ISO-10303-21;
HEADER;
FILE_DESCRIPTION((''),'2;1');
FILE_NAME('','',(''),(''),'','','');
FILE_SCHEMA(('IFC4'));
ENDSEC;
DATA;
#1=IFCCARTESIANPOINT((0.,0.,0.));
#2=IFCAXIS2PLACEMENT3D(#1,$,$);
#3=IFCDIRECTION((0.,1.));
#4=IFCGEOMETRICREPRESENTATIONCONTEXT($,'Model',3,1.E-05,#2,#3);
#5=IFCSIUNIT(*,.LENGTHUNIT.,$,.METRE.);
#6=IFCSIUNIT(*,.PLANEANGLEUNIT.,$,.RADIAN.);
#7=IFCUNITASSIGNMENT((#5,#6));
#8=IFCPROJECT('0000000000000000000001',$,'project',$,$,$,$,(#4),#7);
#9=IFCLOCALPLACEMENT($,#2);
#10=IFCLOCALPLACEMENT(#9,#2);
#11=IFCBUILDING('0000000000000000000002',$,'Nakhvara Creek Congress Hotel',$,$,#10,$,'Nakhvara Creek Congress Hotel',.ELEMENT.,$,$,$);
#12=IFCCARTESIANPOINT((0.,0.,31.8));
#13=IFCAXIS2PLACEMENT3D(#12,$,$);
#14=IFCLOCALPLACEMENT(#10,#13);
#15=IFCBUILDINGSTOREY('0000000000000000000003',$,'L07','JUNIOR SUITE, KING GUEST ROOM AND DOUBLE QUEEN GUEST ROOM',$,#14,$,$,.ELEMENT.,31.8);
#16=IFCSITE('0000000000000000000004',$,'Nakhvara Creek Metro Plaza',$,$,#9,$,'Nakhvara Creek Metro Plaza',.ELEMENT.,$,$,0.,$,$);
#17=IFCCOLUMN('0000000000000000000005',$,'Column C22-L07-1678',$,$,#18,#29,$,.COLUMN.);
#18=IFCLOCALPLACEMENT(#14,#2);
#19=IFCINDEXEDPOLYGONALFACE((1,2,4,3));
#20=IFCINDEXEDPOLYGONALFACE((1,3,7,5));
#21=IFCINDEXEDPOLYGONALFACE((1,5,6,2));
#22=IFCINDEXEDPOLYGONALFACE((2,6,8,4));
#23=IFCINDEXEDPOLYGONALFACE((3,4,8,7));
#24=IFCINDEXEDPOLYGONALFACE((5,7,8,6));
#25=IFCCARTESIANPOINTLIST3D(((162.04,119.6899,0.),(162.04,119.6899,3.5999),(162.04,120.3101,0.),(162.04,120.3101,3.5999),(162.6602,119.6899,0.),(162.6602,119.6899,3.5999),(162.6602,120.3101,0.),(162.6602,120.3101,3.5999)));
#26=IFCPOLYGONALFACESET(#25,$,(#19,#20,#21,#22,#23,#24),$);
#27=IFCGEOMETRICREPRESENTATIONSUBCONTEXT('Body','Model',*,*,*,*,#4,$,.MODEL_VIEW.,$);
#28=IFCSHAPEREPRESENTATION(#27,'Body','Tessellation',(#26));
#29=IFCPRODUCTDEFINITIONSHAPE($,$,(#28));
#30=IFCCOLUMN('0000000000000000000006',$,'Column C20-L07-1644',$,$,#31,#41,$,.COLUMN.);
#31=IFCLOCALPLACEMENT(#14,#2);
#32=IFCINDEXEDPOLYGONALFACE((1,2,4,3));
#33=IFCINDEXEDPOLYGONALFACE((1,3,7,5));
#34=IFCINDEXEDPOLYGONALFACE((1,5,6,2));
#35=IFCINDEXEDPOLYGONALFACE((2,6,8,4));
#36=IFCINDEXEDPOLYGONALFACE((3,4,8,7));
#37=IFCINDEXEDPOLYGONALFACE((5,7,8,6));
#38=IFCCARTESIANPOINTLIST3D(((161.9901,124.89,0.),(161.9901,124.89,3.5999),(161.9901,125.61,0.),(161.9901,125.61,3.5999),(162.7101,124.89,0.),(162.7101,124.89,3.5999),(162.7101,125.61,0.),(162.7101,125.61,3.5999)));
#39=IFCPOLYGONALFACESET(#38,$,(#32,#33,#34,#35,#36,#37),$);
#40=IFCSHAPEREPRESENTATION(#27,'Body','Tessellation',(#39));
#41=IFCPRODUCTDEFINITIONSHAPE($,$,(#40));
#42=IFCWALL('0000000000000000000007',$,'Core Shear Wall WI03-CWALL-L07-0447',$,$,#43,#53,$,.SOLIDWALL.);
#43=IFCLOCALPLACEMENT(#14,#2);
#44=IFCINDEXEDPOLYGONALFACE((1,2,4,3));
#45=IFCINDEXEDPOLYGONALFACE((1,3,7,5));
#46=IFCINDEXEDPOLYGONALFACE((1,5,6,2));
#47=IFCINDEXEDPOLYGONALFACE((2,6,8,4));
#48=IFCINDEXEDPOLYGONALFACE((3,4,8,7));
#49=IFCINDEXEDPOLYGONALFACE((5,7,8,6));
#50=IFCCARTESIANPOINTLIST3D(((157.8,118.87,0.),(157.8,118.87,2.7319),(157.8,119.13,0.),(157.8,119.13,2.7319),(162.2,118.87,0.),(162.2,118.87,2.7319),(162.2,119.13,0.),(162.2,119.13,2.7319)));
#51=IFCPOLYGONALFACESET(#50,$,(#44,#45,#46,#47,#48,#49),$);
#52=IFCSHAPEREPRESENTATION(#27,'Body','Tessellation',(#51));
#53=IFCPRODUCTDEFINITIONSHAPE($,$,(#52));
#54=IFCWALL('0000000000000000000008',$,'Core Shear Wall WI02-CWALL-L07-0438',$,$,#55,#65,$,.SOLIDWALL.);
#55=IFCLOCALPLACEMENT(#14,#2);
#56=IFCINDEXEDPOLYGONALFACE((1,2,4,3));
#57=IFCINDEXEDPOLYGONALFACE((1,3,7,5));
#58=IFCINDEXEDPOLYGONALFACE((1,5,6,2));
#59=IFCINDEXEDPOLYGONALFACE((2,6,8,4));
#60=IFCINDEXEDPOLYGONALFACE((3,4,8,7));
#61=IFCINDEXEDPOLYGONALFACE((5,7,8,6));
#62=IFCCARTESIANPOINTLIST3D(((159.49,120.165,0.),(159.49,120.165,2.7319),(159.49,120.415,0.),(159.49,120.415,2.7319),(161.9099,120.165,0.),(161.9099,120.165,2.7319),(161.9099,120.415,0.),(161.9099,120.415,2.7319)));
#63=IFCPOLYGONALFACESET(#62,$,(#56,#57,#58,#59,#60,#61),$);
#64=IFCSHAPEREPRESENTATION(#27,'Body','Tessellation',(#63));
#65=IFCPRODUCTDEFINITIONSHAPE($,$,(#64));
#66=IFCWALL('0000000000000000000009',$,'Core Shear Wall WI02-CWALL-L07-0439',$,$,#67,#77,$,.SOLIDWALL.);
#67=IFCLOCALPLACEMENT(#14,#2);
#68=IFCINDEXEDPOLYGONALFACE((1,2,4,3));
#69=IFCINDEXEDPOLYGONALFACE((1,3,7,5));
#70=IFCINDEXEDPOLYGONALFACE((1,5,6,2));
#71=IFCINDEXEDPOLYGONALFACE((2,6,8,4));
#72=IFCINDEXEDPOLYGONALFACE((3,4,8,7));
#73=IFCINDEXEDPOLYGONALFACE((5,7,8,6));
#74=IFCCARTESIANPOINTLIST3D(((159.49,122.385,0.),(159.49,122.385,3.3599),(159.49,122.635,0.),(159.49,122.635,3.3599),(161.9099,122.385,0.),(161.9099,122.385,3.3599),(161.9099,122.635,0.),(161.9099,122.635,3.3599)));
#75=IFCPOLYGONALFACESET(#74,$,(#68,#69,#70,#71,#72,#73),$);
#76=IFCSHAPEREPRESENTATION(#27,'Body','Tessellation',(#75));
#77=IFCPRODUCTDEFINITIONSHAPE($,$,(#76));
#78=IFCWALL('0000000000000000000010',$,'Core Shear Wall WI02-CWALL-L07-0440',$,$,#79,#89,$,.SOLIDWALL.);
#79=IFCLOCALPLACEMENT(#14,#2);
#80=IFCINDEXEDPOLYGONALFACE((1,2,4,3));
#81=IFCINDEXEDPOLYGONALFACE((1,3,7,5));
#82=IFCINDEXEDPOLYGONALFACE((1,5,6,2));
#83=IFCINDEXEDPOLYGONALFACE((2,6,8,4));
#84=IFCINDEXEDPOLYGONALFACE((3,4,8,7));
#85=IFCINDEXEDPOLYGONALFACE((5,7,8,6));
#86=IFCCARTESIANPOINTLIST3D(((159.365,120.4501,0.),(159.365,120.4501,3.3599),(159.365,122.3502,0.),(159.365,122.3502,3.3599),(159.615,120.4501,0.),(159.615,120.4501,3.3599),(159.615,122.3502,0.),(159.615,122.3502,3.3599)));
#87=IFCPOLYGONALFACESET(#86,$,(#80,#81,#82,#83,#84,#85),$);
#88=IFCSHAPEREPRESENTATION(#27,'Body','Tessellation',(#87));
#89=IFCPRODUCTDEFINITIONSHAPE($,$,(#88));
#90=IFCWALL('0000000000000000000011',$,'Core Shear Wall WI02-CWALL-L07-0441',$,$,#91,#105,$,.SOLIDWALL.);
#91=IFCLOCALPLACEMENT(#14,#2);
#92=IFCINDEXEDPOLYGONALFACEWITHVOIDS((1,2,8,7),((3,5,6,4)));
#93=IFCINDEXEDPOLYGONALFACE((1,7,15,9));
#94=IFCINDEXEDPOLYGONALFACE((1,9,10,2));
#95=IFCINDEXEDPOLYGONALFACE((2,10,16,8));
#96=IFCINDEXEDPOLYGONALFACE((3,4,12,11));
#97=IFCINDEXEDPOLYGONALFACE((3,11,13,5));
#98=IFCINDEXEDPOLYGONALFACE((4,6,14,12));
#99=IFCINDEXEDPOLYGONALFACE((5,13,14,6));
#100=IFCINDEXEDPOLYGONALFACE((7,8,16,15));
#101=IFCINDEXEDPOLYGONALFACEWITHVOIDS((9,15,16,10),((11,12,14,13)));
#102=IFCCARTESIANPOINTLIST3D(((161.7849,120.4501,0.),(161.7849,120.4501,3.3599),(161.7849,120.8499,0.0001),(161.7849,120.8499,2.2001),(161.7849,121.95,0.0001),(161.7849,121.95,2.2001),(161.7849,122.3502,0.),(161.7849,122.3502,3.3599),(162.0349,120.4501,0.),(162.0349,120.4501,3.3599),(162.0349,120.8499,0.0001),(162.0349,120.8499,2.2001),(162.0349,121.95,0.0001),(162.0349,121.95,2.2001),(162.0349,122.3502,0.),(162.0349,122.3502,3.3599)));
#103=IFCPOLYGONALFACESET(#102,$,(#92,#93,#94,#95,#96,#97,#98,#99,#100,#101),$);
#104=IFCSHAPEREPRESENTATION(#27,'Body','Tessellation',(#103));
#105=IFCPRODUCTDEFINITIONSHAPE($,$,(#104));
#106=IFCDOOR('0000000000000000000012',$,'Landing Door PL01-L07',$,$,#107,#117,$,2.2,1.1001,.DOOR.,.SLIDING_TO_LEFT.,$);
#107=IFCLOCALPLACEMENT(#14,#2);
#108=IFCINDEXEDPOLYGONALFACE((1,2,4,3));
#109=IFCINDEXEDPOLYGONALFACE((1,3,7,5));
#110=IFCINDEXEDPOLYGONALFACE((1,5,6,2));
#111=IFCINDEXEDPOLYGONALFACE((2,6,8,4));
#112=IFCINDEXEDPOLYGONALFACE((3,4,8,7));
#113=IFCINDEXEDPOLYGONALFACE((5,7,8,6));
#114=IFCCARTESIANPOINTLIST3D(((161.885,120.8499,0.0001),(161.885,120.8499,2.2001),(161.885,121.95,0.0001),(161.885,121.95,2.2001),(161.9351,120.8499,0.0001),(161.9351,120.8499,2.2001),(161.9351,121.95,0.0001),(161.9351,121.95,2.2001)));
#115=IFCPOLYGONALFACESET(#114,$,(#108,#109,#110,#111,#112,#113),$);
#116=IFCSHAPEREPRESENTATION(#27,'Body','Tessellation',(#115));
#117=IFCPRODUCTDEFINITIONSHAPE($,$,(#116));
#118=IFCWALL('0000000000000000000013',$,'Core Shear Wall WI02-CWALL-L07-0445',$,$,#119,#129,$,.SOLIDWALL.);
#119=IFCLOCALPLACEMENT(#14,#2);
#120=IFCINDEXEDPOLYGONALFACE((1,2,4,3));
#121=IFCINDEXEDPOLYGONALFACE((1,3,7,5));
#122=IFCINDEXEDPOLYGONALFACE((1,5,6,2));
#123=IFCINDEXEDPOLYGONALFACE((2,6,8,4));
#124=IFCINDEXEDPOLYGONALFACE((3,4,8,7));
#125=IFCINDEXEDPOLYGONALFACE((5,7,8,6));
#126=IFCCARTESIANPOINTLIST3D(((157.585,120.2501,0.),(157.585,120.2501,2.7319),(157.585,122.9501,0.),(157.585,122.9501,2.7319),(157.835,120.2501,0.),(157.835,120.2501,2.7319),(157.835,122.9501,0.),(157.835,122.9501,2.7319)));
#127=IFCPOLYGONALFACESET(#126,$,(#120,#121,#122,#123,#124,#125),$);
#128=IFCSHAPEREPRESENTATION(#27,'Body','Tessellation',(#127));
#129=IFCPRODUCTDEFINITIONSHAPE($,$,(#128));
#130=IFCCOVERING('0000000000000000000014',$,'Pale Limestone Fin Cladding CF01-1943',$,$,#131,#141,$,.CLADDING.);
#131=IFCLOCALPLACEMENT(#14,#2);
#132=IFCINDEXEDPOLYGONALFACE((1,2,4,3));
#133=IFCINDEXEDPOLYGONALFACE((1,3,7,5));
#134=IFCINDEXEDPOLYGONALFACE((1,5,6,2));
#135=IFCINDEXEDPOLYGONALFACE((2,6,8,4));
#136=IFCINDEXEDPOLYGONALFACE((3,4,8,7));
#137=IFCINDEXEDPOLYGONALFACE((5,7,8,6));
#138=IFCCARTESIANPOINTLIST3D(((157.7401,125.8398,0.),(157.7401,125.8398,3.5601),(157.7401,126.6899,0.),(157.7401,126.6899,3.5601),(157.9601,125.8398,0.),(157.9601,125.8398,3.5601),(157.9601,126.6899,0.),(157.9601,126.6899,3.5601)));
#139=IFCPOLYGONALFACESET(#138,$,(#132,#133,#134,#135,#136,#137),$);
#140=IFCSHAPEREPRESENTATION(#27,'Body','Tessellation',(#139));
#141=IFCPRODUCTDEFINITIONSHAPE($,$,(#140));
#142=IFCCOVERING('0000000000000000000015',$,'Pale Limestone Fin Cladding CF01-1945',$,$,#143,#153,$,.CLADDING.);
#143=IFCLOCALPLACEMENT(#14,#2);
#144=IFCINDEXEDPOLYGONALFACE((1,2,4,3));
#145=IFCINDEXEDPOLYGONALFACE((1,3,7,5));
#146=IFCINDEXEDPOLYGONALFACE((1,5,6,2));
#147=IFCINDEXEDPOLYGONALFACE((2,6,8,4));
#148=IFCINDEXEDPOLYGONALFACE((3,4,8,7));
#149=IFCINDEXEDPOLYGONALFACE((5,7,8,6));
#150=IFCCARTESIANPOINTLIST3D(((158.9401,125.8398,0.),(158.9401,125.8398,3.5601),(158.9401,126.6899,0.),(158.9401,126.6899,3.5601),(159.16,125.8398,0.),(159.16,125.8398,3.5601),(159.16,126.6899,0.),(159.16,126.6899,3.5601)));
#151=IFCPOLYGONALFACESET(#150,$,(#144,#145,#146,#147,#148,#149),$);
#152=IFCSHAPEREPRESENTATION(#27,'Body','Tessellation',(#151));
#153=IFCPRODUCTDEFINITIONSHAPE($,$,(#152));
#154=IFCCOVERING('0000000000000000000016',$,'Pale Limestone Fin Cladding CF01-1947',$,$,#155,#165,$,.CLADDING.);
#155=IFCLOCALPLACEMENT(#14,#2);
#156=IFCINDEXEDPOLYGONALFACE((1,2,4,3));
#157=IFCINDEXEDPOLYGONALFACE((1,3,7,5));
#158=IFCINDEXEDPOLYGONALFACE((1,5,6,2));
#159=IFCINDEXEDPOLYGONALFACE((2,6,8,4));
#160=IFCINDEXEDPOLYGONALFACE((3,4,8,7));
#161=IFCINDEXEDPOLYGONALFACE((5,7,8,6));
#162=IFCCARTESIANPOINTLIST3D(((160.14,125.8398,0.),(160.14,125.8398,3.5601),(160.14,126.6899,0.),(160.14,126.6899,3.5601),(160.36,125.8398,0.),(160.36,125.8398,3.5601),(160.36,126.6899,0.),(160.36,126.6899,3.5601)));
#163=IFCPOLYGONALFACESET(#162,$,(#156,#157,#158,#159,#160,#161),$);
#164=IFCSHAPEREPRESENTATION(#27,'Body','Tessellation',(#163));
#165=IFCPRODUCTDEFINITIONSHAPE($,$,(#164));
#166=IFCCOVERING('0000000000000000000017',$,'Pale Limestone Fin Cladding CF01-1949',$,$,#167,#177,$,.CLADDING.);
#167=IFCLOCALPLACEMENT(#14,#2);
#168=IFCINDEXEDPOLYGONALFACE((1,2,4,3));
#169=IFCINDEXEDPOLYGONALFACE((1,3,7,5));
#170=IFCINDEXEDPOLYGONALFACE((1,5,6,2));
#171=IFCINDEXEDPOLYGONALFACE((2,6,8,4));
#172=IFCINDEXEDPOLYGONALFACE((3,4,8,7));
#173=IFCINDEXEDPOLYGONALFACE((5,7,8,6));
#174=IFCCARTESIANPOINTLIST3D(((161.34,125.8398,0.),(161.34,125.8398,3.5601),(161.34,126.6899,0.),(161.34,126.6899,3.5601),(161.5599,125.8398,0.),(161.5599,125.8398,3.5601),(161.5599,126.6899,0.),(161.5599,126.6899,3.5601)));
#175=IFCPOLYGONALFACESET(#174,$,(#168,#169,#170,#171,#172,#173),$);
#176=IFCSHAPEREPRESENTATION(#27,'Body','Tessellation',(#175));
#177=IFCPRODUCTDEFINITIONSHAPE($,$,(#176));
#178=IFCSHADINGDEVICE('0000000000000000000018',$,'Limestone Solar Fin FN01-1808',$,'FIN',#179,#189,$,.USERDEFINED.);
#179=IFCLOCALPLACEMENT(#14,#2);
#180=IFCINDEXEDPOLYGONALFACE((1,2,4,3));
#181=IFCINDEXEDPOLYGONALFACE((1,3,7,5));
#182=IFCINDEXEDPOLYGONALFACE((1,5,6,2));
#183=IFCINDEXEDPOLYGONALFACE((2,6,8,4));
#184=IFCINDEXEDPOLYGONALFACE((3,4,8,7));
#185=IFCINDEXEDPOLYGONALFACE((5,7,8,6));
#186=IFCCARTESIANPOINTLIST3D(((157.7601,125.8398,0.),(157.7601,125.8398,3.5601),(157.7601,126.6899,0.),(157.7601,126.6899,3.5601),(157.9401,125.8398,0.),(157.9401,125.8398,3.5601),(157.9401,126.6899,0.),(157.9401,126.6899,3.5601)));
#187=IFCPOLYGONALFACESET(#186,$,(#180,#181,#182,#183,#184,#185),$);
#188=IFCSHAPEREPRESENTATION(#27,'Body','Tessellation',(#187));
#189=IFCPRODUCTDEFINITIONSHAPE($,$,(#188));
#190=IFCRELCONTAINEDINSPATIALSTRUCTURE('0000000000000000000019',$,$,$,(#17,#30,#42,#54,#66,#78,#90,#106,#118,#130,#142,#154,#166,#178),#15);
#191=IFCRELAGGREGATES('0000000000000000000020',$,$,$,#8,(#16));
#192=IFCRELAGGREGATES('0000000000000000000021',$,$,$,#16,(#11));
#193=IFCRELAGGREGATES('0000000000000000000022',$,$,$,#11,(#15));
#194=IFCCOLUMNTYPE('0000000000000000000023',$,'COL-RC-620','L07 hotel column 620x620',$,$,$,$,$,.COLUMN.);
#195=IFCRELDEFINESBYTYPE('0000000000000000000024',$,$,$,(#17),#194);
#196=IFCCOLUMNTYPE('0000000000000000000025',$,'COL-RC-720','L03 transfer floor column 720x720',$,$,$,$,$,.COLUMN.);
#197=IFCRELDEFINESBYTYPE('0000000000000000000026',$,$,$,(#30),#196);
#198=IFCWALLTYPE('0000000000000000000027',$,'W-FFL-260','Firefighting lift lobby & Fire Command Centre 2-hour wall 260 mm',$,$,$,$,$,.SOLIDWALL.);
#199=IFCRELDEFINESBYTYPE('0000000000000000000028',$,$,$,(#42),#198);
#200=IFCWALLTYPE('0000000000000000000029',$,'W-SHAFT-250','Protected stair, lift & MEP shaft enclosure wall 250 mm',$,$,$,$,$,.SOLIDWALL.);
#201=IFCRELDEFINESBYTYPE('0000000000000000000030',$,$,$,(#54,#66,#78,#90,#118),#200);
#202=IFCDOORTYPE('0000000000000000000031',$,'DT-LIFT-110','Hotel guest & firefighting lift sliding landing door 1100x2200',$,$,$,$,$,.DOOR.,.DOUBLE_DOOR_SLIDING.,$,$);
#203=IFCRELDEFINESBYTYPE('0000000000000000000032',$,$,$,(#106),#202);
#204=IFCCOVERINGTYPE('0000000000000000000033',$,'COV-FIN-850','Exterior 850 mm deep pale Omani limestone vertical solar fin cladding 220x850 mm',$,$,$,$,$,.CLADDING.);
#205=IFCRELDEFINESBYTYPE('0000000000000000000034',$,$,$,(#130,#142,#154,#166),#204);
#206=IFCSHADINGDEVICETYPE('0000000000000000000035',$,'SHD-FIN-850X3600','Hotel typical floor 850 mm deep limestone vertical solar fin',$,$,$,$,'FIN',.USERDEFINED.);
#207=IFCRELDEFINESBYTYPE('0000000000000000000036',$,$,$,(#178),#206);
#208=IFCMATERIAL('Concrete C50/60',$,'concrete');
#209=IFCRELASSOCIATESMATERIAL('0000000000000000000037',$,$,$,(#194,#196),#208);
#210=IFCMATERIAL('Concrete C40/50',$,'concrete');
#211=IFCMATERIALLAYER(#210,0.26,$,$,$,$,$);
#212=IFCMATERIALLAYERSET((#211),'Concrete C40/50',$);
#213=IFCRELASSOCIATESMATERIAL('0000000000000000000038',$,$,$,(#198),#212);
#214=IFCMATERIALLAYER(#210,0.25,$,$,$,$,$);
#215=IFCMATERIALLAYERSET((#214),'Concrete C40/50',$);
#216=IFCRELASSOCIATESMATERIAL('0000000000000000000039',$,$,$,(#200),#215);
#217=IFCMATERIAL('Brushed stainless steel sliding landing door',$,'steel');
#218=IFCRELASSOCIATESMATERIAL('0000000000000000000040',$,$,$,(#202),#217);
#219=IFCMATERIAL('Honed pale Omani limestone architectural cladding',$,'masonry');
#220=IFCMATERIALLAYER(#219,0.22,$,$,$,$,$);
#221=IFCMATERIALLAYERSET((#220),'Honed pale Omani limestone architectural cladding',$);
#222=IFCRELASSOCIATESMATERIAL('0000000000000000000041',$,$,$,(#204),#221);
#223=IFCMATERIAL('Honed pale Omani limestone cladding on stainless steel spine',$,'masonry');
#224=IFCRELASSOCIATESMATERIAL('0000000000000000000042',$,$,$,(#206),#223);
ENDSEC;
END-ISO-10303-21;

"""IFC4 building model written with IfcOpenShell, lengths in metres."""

from ifc_helpers import new_model, si_unit, direction, frame, frame_2d, origin, origin_2d, place, context, subcontext, project, spatial, rectangle, extrude, material, layer, layer_set, material_profile, profile_set, type_object, element, fill, save


model = new_model("IFC4")

# Units and contexts
model_context = context("Model", 3, precision=1e-05, world=origin(), true_north=direction((0.0, 1.0)))
body_context = subcontext(model_context, "Body", "Model", "MODEL_VIEW")
ifc_project = project(units=[si_unit("LENGTHUNIT", "METRE"), si_unit("PLANEANGLEUNIT", "RADIAN")], contexts=[model_context])

# Site, building, storey
site_placement = place(None, origin())
site = spatial("IfcSite", under=ifc_project, at=site_placement, Name="Nakhvara Creek Metro Plaza", LongName="Nakhvara Creek Metro Plaza", CompositionType="ELEMENT", RefElevation=0.0)
building_placement = place(site_placement, origin())
building = spatial("IfcBuilding", under=site, at=building_placement, Name="Nakhvara Creek Congress Hotel", LongName="Nakhvara Creek Congress Hotel", CompositionType="ELEMENT")
storey_placement = place(building_placement, frame((0.0, 0.0, 31.8)))
storey = spatial("IfcBuildingStorey", under=building, at=storey_placement, Name="L07", Description="JUNIOR SUITE, KING GUEST ROOM AND DOUBLE QUEEN GUEST ROOM", CompositionType="ELEMENT", Elevation=31.8)

# Columns
ifc_material_1 = material(Name="Concrete C50/60", Category="concrete")
ifc_material_profile_1 = material_profile(ifc_material_1, rectangle(XDim=0.6201, YDim=0.6201, at=origin_2d()), Name="RC-COL 620x620", Category="LoadBearing")
ifc_profile_set_1 = profile_set([ifc_material_profile_1], Name="Concrete C50/60")
column_type_1 = type_object("IfcColumnType", Name="COL-RC-620", Description="L07 hotel column 620x620", PredefinedType="COLUMN", material=ifc_profile_set_1)
column_1_placement = place(storey_placement, frame((162.3501, 120.0, 0.0), z_axis=(0.0, 0.0, 1.0), x_axis=(1.0, 0.0, 0.0)))
element("IfcColumn", 1, at=column_1_placement, inside=storey, type_object=column_type_1, Name="Column C22-L07-1678", PredefinedType="COLUMN", context=body_context, shape_type="SweptSolid", body=[
    extrude(rectangle(XDim=0.6201, YDim=0.6201, at=origin_2d()), origin(), (0.0, 0.0, 1.0), 3.5999),
])
ifc_material_profile_2 = material_profile(ifc_material_1, rectangle(XDim=0.72, YDim=0.72, at=origin_2d()), Name="RC-COL 720x720", Category="LoadBearing")
ifc_profile_set_2 = profile_set([ifc_material_profile_2], Name="Concrete C50/60")
column_type_2 = type_object("IfcColumnType", Name="COL-RC-720", Description="L03 transfer floor column 720x720", PredefinedType="COLUMN", material=ifc_profile_set_2)
column_2_placement = place(storey_placement, frame((162.3501, 125.25, 0.0), z_axis=(0.0, 0.0, 1.0), x_axis=(1.0, 0.0, 0.0)))
element("IfcColumn", 2, at=column_2_placement, inside=storey, type_object=column_type_2, Name="Column C20-L07-1644", PredefinedType="COLUMN", context=body_context, shape_type="SweptSolid", body=[
    extrude(rectangle(XDim=0.72, YDim=0.72, at=origin_2d()), origin(), (0.0, 0.0, 1.0), 3.5999),
])

# Walls
ifc_material_2 = material(Name="Concrete C40/50", Category="concrete")
ifc_layer_1 = layer(ifc_material_2, 0.26)
ifc_layer_set_1 = layer_set([ifc_layer_1], Name="Concrete C40/50")
wall_type_1 = type_object("IfcWallType", Name="W-FFL-260", Description="Firefighting lift lobby & Fire Command Centre 2-hour wall 260 mm", PredefinedType="SOLIDWALL", material=ifc_layer_set_1)
wall_1_placement = place(storey_placement, frame((157.8, 119.0, 0.0), z_axis=(0.0, 0.0, 1.0), x_axis=(1.0, 0.0, 0.0)))
element("IfcWall", 3, at=wall_1_placement, inside=storey, type_object=wall_type_1, Name="Core Shear Wall WI03-CWALL-L07-0447", PredefinedType="SOLIDWALL", context=body_context, shape_type="SweptSolid", body=[
    extrude(rectangle(XDim=4.3999, YDim=0.26, at=frame_2d((2.2, 0.0))), origin(), (0.0, 0.0, 1.0), 2.7319),
])
ifc_layer_2 = layer(ifc_material_2, 0.25)
ifc_layer_set_2 = layer_set([ifc_layer_2], Name="Concrete C40/50")
wall_type_2 = type_object("IfcWallType", Name="W-SHAFT-250", Description="Protected stair, lift & MEP shaft enclosure wall 250 mm", PredefinedType="SOLIDWALL", material=ifc_layer_set_2)
wall_2_placement = place(storey_placement, frame((159.49, 120.29, 0.0), z_axis=(0.0, 0.0, 1.0), x_axis=(1.0, 0.0, 0.0)))
element("IfcWall", 4, at=wall_2_placement, inside=storey, type_object=wall_type_2, Name="Core Shear Wall WI02-CWALL-L07-0438", PredefinedType="SOLIDWALL", context=body_context, shape_type="SweptSolid", body=[
    extrude(rectangle(XDim=2.4199, YDim=0.25, at=frame_2d((1.21, 0.0))), origin(), (0.0, 0.0, 1.0), 2.7319),
])
wall_3_placement = place(storey_placement, frame((159.49, 122.51, 0.0), z_axis=(0.0, 0.0, 1.0), x_axis=(1.0, 0.0, 0.0)))
element("IfcWall", 5, at=wall_3_placement, inside=storey, type_object=wall_type_2, Name="Core Shear Wall WI02-CWALL-L07-0439", PredefinedType="SOLIDWALL", context=body_context, shape_type="SweptSolid", body=[
    extrude(rectangle(XDim=2.4199, YDim=0.25, at=frame_2d((1.21, 0.0))), origin(), (0.0, 0.0, 1.0), 3.3599),
])
wall_4_placement = place(storey_placement, frame((159.49, 120.45, 0.0), z_axis=(0.0, 0.0, 1.0), x_axis=(0.0, 1.0, 0.0)))
element("IfcWall", 6, at=wall_4_placement, inside=storey, type_object=wall_type_2, Name="Core Shear Wall WI02-CWALL-L07-0440", PredefinedType="SOLIDWALL", context=body_context, shape_type="SweptSolid", body=[
    extrude(rectangle(XDim=1.9001, YDim=0.25, at=frame_2d((0.9502, 0.0))), origin(), (0.0, 0.0, 1.0), 3.3599),
])

# Wall, opening, door
wall_5_placement = place(storey_placement, frame((161.9099, 120.45, 0.0), z_axis=(0.0, 0.0, 1.0), x_axis=(0.0, 1.0, 0.0)))
wall_5 = element("IfcWall", 7, at=wall_5_placement, inside=storey, type_object=wall_type_2, Name="Core Shear Wall WI02-CWALL-L07-0441", PredefinedType="SOLIDWALL", context=body_context, shape_type="SweptSolid", body=[
    extrude(rectangle(XDim=1.9001, YDim=0.25, at=frame_2d((0.9502, 0.0))), origin(), (0.0, 0.0, 1.0), 3.3599),
])
opening_placement = place(wall_5_placement, frame((0.3999, 0.0, 0.0)))
opening = element("IfcOpeningElement", 8, at=opening_placement, cuts=wall_5, PredefinedType="OPENING", context=body_context, shape_type="SweptSolid", body=[
    extrude(rectangle(XDim=1.1001, YDim=2.2, at=frame_2d((0.55, 1.1001))), frame((0.0, 0.137, 0.0), z_axis=(0.0, -1.0, 0.0), x_axis=(1.0, 0.0, 0.0)), (0.0, 0.0, 1.0), 0.2739),
])
ifc_material_3 = material(Name="Brushed stainless steel sliding landing door", Category="steel")
door_type = type_object("IfcDoorType", Name="DT-LIFT-110", Description="Hotel guest & firefighting lift sliding landing door 1100x2200", OperationType="DOUBLE_DOOR_SLIDING", PredefinedType="DOOR", material=ifc_material_3)
door_placement = place(opening_placement, origin())
door = element("IfcDoor", 9, at=door_placement, inside=storey, type_object=door_type, Name="Landing Door PL01-L07", OperationType="SLIDING_TO_LEFT", OverallHeight=2.2, OverallWidth=1.1001, PredefinedType="DOOR", context=body_context, shape_type="SweptSolid", body=[
    extrude(rectangle(XDim=1.1001, YDim=2.2, at=frame_2d((0.55, 1.1001))), frame((0.0, 0.0249, 0.0), z_axis=(0.0, -1.0, 0.0), x_axis=(1.0, 0.0, 0.0)), (0.0, 0.0, 1.0), 0.05),
])
fill(opening, door)

# Wall
wall_6_placement = place(storey_placement, frame((157.71, 120.25, 0.0), z_axis=(0.0, 0.0, 1.0), x_axis=(0.0, 1.0, 0.0)))
element("IfcWall", 10, at=wall_6_placement, inside=storey, type_object=wall_type_2, Name="Core Shear Wall WI02-CWALL-L07-0445", PredefinedType="SOLIDWALL", context=body_context, shape_type="SweptSolid", body=[
    extrude(rectangle(XDim=2.7, YDim=0.25, at=frame_2d((1.3501, 0.0))), origin(), (0.0, 0.0, 1.0), 2.7319),
])

# Coverings
ifc_material_4 = material(Name="Honed pale Omani limestone architectural cladding", Category="masonry")
ifc_layer_3 = layer(ifc_material_4, 0.22)
ifc_layer_set_3 = layer_set([ifc_layer_3], Name="Honed pale Omani limestone architectural cladding")
covering_type = type_object("IfcCoveringType", Name="COV-FIN-850", Description="Exterior 850 mm deep pale Omani limestone vertical solar fin cladding 220x850 mm", PredefinedType="CLADDING", material=ifc_layer_set_3)
for number, where, z_axis, x_axis, name in (
    (11, (157.8501, 126.2649, 0.0), (0.0, 0.0, 1.0), (1.0, 0.0, 0.0), "Pale Limestone Fin Cladding CF01-1943"),
    (12, (159.05, 126.2649, 0.0), (0.0, 0.0, 1.0), (1.0, 0.0, 0.0), "Pale Limestone Fin Cladding CF01-1945"),
    (13, (160.25, 126.2649, 0.0), (0.0, 0.0, 1.0), (1.0, 0.0, 0.0), "Pale Limestone Fin Cladding CF01-1947"),
    (14, (161.45, 126.2649, 0.0), (0.0, 0.0, 1.0), (1.0, 0.0, 0.0), "Pale Limestone Fin Cladding CF01-1949"),
):
    element("IfcCovering", number, at=place(storey_placement, frame(where, z_axis=z_axis, x_axis=x_axis)), inside=storey, type_object=covering_type, Name=name, PredefinedType="CLADDING", context=body_context, shape_type="SweptSolid", body=[
        extrude(rectangle(XDim=0.22, YDim=0.8501, at=origin_2d()), origin(), (0.0, 0.0, 1.0), 3.5601),
    ])

# Shading device
ifc_material_5 = material(Name="Honed pale Omani limestone cladding on stainless steel spine", Category="masonry")
shading_device_type = type_object("IfcShadingDeviceType", Name="SHD-FIN-850X3600", Description="Hotel typical floor 850 mm deep limestone vertical solar fin", ElementType="FIN", PredefinedType="USERDEFINED", material=ifc_material_5)
for number, where, z_axis, x_axis, name in (
    (15, (157.8501, 126.2649, 0.0), (0.0, 0.0, 1.0), (1.0, 0.0, 0.0), "Limestone Solar Fin FN01-1808"),
):
    element("IfcShadingDevice", number, at=place(storey_placement, frame(where, z_axis=z_axis, x_axis=x_axis)), inside=storey, type_object=shading_device_type, Name=name, ObjectType="FIN", PredefinedType="USERDEFINED", context=body_context, shape_type="SweptSolid", body=[
        extrude(rectangle(XDim=0.1799, YDim=0.8501, at=origin_2d()), origin(), (0.0, 0.0, 1.0), 3.5601),
    ])

save(model, "model.ifc")
